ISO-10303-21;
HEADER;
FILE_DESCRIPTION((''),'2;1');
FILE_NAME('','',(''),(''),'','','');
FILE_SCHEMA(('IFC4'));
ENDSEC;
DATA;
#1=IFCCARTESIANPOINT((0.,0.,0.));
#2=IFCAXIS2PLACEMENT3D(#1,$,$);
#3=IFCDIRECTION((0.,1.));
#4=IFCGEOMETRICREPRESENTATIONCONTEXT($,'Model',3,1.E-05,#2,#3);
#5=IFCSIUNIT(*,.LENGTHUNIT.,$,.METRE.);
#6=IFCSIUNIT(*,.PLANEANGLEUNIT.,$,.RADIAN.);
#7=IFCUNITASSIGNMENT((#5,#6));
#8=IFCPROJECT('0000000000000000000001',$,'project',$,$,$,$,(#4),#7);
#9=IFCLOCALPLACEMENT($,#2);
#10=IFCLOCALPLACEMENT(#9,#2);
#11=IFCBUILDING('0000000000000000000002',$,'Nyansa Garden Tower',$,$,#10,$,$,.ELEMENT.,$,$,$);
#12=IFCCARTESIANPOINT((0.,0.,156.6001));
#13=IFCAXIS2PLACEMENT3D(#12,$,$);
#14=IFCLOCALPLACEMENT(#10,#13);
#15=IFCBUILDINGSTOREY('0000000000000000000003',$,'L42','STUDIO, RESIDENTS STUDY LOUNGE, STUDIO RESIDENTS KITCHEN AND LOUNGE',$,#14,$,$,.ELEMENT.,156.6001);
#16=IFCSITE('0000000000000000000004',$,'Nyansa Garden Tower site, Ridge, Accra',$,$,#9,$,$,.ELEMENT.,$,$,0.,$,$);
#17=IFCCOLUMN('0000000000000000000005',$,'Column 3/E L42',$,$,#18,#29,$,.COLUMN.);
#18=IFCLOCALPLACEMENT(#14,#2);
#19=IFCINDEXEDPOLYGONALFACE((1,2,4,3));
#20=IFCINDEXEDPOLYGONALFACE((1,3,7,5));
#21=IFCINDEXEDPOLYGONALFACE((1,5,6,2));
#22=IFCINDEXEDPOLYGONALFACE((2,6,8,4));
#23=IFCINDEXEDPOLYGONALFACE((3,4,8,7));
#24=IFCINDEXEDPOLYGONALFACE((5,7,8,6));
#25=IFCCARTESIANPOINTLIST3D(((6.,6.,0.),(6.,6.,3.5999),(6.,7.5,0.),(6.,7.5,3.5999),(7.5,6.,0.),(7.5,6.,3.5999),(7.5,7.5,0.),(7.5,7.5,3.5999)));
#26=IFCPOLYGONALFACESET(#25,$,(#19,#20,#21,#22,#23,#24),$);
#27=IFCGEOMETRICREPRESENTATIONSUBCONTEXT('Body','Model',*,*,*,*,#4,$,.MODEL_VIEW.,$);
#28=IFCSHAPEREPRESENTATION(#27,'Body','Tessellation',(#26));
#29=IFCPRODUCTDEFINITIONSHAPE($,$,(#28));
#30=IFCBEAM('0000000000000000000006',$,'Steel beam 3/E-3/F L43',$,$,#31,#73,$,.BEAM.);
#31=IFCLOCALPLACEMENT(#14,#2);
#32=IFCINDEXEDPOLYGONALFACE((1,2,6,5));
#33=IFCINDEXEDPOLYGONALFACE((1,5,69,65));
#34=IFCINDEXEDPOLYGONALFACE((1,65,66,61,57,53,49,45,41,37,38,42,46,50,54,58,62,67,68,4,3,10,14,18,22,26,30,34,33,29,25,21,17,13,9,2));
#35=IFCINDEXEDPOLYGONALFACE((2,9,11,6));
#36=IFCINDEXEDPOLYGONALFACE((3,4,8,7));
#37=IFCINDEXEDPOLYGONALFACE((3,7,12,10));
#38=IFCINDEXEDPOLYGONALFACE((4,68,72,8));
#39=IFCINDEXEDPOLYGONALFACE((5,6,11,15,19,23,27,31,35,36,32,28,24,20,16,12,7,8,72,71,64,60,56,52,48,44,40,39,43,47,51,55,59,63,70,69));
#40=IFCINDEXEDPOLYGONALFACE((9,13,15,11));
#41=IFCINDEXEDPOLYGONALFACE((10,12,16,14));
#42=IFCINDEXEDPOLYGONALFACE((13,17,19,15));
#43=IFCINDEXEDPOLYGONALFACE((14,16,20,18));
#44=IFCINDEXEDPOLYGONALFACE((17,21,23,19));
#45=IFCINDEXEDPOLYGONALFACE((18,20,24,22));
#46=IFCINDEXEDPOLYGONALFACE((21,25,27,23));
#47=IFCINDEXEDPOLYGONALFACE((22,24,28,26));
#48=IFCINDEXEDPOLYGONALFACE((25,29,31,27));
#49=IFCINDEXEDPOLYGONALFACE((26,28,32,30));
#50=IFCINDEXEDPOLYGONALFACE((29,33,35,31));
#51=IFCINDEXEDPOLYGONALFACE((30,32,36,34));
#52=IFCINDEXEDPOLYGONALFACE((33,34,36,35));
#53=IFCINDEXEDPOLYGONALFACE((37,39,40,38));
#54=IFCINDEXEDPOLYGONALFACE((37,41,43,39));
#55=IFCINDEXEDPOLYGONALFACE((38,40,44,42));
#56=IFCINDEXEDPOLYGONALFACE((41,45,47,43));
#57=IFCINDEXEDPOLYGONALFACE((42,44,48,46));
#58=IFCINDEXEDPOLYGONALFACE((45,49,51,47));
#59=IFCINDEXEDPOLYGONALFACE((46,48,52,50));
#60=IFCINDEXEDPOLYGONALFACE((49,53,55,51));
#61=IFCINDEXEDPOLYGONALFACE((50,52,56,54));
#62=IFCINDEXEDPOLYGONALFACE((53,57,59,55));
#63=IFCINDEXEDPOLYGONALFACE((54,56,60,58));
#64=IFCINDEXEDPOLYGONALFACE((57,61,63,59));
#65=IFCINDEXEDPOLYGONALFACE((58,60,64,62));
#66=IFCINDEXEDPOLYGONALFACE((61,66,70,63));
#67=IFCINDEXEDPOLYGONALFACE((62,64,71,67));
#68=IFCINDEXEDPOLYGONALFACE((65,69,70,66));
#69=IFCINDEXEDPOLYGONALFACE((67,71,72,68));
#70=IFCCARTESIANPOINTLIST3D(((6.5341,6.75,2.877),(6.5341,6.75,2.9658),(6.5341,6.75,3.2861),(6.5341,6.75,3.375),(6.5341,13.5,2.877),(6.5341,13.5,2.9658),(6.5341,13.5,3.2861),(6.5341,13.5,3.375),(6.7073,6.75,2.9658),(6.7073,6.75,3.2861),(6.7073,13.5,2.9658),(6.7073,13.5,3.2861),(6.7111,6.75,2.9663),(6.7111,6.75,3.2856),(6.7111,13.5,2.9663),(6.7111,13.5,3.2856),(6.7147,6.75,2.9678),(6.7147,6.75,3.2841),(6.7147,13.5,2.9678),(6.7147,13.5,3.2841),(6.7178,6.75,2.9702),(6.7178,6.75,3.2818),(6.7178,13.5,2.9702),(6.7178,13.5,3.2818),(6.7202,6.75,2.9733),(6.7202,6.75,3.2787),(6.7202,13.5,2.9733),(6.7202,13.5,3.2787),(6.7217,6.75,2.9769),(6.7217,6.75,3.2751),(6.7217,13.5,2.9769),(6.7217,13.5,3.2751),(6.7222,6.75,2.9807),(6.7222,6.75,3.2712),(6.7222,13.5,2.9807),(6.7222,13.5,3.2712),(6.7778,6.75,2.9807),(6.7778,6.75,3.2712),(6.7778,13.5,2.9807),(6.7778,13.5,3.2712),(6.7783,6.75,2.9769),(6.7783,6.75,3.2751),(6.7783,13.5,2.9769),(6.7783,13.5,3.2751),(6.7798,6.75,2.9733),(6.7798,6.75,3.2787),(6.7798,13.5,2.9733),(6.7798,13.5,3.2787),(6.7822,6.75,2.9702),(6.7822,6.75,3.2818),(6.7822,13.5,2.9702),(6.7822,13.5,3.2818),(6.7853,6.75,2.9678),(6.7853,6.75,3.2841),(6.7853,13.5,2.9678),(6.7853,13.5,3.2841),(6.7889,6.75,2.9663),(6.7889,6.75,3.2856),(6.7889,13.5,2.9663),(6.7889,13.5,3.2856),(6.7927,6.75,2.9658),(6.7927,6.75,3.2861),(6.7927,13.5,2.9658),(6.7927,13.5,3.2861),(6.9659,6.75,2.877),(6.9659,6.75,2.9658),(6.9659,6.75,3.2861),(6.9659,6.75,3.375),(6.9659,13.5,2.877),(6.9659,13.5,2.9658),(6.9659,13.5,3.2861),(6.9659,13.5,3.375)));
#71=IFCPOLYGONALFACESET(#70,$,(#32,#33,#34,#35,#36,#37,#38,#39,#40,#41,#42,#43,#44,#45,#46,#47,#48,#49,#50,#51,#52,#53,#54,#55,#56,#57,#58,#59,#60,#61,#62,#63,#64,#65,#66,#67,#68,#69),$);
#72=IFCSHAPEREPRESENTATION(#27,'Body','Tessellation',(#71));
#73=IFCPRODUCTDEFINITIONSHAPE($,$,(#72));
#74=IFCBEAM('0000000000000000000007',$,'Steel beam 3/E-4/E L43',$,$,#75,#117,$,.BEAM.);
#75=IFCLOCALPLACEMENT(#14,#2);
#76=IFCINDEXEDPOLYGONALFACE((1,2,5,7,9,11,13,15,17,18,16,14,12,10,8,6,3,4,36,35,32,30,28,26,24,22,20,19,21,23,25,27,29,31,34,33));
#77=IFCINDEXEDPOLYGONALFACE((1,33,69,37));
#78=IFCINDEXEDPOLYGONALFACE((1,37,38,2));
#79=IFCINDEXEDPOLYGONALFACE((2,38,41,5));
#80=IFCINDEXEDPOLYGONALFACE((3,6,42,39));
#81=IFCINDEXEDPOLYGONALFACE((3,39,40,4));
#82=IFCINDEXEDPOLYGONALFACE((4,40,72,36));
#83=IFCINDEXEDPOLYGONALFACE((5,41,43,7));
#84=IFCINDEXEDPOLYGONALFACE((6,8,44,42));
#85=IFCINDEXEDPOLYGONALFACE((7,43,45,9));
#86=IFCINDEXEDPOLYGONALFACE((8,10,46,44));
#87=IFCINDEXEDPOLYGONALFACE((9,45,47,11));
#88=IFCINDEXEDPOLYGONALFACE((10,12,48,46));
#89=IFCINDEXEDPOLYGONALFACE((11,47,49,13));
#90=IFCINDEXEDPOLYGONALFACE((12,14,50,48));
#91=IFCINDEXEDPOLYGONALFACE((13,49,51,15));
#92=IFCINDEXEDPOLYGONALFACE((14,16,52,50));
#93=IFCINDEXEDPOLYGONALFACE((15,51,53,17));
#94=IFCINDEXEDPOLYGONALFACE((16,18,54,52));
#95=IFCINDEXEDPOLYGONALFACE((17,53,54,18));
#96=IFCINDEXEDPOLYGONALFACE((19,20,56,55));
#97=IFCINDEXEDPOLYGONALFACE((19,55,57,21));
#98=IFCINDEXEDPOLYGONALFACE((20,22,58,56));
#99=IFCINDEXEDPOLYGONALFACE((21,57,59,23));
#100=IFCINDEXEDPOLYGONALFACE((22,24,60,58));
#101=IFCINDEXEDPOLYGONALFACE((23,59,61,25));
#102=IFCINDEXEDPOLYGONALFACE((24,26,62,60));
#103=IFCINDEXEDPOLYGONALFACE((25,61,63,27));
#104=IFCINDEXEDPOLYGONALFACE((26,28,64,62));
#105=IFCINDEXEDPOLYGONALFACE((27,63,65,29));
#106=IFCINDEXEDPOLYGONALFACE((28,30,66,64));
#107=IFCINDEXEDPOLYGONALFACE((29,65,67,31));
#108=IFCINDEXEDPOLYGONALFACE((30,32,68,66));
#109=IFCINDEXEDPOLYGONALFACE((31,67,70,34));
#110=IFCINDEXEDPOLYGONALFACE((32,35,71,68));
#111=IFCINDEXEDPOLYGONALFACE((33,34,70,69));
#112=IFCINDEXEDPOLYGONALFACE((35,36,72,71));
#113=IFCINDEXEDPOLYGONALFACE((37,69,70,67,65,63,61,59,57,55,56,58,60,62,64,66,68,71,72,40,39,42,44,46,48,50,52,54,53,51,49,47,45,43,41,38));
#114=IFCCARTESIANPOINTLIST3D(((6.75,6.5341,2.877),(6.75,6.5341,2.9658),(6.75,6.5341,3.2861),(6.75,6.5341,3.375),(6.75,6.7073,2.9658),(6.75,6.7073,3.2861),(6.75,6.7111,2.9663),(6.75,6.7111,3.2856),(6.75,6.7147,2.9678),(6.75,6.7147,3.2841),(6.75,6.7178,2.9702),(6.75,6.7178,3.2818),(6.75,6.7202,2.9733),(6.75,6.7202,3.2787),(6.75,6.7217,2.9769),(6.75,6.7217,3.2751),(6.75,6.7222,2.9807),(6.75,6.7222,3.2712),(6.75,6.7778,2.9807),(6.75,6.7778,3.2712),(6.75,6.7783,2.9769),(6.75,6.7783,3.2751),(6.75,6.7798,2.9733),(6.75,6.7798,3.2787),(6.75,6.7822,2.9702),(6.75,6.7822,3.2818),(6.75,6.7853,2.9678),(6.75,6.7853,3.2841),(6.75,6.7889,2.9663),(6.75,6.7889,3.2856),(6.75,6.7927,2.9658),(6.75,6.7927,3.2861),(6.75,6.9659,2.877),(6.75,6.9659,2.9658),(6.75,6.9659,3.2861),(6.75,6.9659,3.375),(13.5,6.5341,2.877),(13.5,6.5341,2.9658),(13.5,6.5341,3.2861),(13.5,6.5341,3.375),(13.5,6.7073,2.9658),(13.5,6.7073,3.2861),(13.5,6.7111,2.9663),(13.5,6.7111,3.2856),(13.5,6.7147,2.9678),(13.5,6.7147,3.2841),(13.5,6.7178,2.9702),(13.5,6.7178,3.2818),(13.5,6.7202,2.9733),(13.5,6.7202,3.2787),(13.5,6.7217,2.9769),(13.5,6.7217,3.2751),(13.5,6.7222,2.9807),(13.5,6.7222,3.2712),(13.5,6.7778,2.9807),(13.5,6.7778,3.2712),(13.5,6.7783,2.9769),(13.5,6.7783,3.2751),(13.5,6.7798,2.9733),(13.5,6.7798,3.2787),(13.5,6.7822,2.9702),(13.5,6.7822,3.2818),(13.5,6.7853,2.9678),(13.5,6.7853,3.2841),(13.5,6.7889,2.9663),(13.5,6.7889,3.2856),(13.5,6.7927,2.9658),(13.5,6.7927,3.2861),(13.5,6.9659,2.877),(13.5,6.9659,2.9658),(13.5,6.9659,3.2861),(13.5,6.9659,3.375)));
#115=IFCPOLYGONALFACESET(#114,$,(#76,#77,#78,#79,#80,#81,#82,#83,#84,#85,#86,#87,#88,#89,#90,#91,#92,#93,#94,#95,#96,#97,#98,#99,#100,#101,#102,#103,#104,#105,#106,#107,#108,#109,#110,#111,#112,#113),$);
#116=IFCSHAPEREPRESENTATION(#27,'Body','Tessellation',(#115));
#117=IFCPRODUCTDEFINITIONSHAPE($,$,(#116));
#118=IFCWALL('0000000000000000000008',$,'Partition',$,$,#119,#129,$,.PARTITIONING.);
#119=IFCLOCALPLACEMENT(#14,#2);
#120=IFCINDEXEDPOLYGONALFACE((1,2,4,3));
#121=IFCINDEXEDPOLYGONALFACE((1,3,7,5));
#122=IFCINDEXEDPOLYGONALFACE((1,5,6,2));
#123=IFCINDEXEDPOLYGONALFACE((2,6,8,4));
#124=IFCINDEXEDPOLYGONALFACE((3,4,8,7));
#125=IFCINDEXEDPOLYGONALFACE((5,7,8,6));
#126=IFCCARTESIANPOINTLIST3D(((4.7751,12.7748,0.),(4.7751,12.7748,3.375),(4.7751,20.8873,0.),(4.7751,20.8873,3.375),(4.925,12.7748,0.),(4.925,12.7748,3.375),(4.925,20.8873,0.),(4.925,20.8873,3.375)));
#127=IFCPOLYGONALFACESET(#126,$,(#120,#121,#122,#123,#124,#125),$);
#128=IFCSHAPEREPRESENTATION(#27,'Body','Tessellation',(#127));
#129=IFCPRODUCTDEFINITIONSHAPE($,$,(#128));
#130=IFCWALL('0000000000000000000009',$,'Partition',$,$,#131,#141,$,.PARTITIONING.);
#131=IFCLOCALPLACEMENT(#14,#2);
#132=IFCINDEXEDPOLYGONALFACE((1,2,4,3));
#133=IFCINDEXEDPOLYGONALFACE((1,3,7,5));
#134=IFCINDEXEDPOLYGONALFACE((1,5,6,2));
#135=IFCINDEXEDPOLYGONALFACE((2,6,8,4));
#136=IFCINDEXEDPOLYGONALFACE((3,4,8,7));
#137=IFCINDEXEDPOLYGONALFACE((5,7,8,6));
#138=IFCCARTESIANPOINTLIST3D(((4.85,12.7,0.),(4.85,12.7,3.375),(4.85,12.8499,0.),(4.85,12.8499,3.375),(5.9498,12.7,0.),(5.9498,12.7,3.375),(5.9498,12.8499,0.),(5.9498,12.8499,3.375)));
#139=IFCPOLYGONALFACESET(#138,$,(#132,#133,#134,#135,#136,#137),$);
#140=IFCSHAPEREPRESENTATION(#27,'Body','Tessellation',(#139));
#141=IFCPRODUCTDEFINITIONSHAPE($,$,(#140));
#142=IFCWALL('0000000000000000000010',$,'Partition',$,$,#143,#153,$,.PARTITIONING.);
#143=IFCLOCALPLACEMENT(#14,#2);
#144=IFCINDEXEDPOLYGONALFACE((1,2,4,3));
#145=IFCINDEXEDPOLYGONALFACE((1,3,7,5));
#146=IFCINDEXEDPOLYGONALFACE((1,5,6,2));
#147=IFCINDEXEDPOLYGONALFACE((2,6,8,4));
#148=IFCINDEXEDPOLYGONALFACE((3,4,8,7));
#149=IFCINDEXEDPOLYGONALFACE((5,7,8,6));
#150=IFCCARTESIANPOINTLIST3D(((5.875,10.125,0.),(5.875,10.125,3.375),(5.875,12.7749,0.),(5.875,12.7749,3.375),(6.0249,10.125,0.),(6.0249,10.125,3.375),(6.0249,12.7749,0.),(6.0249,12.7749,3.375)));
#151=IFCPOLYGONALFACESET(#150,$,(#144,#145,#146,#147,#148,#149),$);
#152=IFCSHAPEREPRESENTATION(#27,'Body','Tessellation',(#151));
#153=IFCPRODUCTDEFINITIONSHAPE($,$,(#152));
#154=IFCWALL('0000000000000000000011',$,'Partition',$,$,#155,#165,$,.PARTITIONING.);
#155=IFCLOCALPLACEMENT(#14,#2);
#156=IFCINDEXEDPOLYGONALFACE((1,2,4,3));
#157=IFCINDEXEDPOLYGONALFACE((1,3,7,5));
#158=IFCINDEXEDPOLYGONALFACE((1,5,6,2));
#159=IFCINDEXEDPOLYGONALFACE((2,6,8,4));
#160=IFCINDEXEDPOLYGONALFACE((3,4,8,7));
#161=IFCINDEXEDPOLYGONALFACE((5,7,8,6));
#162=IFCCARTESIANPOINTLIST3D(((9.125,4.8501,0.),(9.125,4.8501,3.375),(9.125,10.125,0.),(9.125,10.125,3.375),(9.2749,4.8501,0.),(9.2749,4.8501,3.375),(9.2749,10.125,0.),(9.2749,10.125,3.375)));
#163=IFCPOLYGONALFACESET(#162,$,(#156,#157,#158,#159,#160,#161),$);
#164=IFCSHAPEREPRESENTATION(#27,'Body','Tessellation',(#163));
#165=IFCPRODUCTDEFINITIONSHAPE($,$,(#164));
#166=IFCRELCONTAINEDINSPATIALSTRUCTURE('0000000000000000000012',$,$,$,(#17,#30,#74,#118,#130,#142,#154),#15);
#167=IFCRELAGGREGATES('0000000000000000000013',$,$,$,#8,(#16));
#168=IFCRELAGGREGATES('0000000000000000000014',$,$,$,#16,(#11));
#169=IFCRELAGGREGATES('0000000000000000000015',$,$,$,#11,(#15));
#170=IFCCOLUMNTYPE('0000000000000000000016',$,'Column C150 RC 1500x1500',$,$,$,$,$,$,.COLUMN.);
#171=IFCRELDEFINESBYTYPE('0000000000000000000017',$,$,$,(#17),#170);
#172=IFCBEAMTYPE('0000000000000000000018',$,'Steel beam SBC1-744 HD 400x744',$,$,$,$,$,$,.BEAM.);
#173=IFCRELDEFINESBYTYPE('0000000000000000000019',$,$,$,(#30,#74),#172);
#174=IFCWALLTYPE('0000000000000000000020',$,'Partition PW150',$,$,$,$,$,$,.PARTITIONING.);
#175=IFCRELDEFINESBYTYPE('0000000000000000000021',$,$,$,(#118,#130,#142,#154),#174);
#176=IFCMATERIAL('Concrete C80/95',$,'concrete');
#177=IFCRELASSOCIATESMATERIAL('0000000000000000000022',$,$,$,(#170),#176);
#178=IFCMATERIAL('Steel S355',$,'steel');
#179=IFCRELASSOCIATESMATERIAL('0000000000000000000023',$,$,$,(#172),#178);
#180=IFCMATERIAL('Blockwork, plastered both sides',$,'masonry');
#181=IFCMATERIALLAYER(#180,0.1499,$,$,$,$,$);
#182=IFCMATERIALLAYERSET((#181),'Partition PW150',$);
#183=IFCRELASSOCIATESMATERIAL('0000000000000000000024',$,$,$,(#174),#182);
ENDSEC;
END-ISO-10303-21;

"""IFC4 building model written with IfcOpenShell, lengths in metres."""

from ifc_helpers import new_model, si_unit, direction, frame, frame_2d, origin, origin_2d, place, context, subcontext, project, spatial, rectangle, i_section, extrude, material, layer, layer_set, material_profile, profile_set, type_object, element, save


model = new_model("IFC4")

# Units and contexts
model_context = context("Model", 3, precision=1e-05, world=origin(), true_north=direction((0.0, 1.0)))
body_context = subcontext(model_context, "Body", "Model", "MODEL_VIEW")
ifc_project = project(units=[si_unit("LENGTHUNIT", "METRE"), si_unit("PLANEANGLEUNIT", "RADIAN")], contexts=[model_context])

# Site, building, storey
site_placement = place(None, origin())
site = spatial("IfcSite", under=ifc_project, at=site_placement, Name="Nyansa Garden Tower site, Ridge, Accra", CompositionType="ELEMENT", RefElevation=0.0)
building_placement = place(site_placement, origin())
building = spatial("IfcBuilding", under=site, at=building_placement, Name="Nyansa Garden Tower", CompositionType="ELEMENT")
storey_placement = place(building_placement, frame((0.0, 0.0, 156.6001)))
storey = spatial("IfcBuildingStorey", under=building, at=storey_placement, Name="L42", Description="STUDIO, RESIDENTS STUDY LOUNGE, STUDIO RESIDENTS KITCHEN AND LOUNGE", CompositionType="ELEMENT", Elevation=156.6001)

# Column
ifc_material_1 = material(Name="Concrete C80/95", Category="concrete")
ifc_material_profile_1 = material_profile(ifc_material_1, rectangle(XDim=1.5, YDim=1.5, at=origin_2d()), Name="RC 1500x1500")
ifc_profile_set_1 = profile_set([ifc_material_profile_1], Name="Concrete C80/95")
column_type = type_object("IfcColumnType", Name="Column C150 RC 1500x1500", PredefinedType="COLUMN", material=ifc_profile_set_1)
column_placement = place(storey_placement, frame((6.75, 6.75, 0.0), z_axis=(0.0, 0.0, 1.0), x_axis=(1.0, 0.0, 0.0)))
element("IfcColumn", 1, at=column_placement, inside=storey, type_object=column_type, Name="Column 3/E L42", PredefinedType="COLUMN", context=body_context, shape_type="SweptSolid", body=[
    extrude(rectangle(XDim=1.5, YDim=1.5, at=origin_2d()), origin(), (0.0, 0.0, 1.0), 3.5999),
])

# Beams
ifc_material_2 = material(Name="Steel S355", Category="steel")
ifc_material_profile_2 = material_profile(ifc_material_2, i_section(OverallWidth=0.4319, OverallDepth=0.498, WebThickness=0.0557, FlangeThickness=0.0889, FilletRadius=0.0149, at=origin_2d()), Name="HD 400x744")
ifc_profile_set_2 = profile_set([ifc_material_profile_2], Name="Steel S355")
beam_type = type_object("IfcBeamType", Name="Steel beam SBC1-744 HD 400x744", PredefinedType="BEAM", material=ifc_profile_set_2)
for number, where, z_axis, x_axis, name in (
    (2, (6.75, 6.75, 3.126), (0.0, 1.0, 0.0), (-1.0, 0.0, 0.0), "Steel beam 3/E-3/F L43"),
    (3, (6.75, 6.75, 3.126), (1.0, 0.0, 0.0), (0.0, 1.0, 0.0), "Steel beam 3/E-4/E L43"),
):
    element("IfcBeam", number, at=place(storey_placement, frame(where, z_axis=z_axis, x_axis=x_axis)), inside=storey, type_object=beam_type, Name=name, PredefinedType="BEAM", context=body_context, shape_type="SweptSolid", body=[
        extrude(i_section(OverallWidth=0.4319, OverallDepth=0.498, WebThickness=0.0557, FlangeThickness=0.0889, FilletRadius=0.0149, at=origin_2d()), origin(), (0.0, 0.0, 1.0), 6.75),
    ])

# Walls
ifc_material_3 = material(Name="Blockwork, plastered both sides", Category="masonry")
ifc_layer_1 = layer(ifc_material_3, 0.1499)
ifc_layer_set_1 = layer_set([ifc_layer_1], Name="Partition PW150")
wall_type_1 = type_object("IfcWallType", Name="Partition PW150", PredefinedType="PARTITIONING", material=ifc_layer_set_1)
wall_1_placement = place(storey_placement, frame((4.8501, 12.7749, 0.0), z_axis=(0.0, 0.0, 1.0), x_axis=(0.0, 1.0, 0.0)))
element("IfcWall", 4, at=wall_1_placement, inside=storey, type_object=wall_type_1, Name="Partition", PredefinedType="PARTITIONING", context=body_context, shape_type="SweptSolid", body=[
    extrude(rectangle(XDim=8.1125, YDim=0.1499, at=frame_2d((4.0562, 0.0))), origin(), (0.0, 0.0, 1.0), 3.375),
])
wall_2_placement = place(storey_placement, frame((4.8501, 12.7749, 0.0), z_axis=(0.0, 0.0, 1.0), x_axis=(1.0, 0.0, 0.0)))
element("IfcWall", 5, at=wall_2_placement, inside=storey, type_object=wall_type_1, Name="Partition", PredefinedType="PARTITIONING", context=body_context, shape_type="SweptSolid", body=[
    extrude(rectangle(XDim=1.0999, YDim=0.1499, at=frame_2d((0.5498, 0.0))), origin(), (0.0, 0.0, 1.0), 3.375),
])
wall_3_placement = place(storey_placement, frame((5.95, 10.125, 0.0), z_axis=(0.0, 0.0, 1.0), x_axis=(0.0, 1.0, 0.0)))
element("IfcWall", 6, at=wall_3_placement, inside=storey, type_object=wall_type_1, Name="Partition", PredefinedType="PARTITIONING", context=body_context, shape_type="SweptSolid", body=[
    extrude(rectangle(XDim=2.6499, YDim=0.1499, at=frame_2d((1.325, 0.0))), origin(), (0.0, 0.0, 1.0), 3.375),
])
wall_4_placement = place(storey_placement, frame((9.2, 4.8501, 0.0), z_axis=(0.0, 0.0, 1.0), x_axis=(0.0, 1.0, 0.0)))
element("IfcWall", 7, at=wall_4_placement, inside=storey, type_object=wall_type_1, Name="Partition", PredefinedType="PARTITIONING", context=body_context, shape_type="SweptSolid", body=[
    extrude(rectangle(XDim=5.2749, YDim=0.1499, at=frame_2d((2.6375, 0.0))), origin(), (0.0, 0.0, 1.0), 3.375),
])

save(model, "model.ifc")
